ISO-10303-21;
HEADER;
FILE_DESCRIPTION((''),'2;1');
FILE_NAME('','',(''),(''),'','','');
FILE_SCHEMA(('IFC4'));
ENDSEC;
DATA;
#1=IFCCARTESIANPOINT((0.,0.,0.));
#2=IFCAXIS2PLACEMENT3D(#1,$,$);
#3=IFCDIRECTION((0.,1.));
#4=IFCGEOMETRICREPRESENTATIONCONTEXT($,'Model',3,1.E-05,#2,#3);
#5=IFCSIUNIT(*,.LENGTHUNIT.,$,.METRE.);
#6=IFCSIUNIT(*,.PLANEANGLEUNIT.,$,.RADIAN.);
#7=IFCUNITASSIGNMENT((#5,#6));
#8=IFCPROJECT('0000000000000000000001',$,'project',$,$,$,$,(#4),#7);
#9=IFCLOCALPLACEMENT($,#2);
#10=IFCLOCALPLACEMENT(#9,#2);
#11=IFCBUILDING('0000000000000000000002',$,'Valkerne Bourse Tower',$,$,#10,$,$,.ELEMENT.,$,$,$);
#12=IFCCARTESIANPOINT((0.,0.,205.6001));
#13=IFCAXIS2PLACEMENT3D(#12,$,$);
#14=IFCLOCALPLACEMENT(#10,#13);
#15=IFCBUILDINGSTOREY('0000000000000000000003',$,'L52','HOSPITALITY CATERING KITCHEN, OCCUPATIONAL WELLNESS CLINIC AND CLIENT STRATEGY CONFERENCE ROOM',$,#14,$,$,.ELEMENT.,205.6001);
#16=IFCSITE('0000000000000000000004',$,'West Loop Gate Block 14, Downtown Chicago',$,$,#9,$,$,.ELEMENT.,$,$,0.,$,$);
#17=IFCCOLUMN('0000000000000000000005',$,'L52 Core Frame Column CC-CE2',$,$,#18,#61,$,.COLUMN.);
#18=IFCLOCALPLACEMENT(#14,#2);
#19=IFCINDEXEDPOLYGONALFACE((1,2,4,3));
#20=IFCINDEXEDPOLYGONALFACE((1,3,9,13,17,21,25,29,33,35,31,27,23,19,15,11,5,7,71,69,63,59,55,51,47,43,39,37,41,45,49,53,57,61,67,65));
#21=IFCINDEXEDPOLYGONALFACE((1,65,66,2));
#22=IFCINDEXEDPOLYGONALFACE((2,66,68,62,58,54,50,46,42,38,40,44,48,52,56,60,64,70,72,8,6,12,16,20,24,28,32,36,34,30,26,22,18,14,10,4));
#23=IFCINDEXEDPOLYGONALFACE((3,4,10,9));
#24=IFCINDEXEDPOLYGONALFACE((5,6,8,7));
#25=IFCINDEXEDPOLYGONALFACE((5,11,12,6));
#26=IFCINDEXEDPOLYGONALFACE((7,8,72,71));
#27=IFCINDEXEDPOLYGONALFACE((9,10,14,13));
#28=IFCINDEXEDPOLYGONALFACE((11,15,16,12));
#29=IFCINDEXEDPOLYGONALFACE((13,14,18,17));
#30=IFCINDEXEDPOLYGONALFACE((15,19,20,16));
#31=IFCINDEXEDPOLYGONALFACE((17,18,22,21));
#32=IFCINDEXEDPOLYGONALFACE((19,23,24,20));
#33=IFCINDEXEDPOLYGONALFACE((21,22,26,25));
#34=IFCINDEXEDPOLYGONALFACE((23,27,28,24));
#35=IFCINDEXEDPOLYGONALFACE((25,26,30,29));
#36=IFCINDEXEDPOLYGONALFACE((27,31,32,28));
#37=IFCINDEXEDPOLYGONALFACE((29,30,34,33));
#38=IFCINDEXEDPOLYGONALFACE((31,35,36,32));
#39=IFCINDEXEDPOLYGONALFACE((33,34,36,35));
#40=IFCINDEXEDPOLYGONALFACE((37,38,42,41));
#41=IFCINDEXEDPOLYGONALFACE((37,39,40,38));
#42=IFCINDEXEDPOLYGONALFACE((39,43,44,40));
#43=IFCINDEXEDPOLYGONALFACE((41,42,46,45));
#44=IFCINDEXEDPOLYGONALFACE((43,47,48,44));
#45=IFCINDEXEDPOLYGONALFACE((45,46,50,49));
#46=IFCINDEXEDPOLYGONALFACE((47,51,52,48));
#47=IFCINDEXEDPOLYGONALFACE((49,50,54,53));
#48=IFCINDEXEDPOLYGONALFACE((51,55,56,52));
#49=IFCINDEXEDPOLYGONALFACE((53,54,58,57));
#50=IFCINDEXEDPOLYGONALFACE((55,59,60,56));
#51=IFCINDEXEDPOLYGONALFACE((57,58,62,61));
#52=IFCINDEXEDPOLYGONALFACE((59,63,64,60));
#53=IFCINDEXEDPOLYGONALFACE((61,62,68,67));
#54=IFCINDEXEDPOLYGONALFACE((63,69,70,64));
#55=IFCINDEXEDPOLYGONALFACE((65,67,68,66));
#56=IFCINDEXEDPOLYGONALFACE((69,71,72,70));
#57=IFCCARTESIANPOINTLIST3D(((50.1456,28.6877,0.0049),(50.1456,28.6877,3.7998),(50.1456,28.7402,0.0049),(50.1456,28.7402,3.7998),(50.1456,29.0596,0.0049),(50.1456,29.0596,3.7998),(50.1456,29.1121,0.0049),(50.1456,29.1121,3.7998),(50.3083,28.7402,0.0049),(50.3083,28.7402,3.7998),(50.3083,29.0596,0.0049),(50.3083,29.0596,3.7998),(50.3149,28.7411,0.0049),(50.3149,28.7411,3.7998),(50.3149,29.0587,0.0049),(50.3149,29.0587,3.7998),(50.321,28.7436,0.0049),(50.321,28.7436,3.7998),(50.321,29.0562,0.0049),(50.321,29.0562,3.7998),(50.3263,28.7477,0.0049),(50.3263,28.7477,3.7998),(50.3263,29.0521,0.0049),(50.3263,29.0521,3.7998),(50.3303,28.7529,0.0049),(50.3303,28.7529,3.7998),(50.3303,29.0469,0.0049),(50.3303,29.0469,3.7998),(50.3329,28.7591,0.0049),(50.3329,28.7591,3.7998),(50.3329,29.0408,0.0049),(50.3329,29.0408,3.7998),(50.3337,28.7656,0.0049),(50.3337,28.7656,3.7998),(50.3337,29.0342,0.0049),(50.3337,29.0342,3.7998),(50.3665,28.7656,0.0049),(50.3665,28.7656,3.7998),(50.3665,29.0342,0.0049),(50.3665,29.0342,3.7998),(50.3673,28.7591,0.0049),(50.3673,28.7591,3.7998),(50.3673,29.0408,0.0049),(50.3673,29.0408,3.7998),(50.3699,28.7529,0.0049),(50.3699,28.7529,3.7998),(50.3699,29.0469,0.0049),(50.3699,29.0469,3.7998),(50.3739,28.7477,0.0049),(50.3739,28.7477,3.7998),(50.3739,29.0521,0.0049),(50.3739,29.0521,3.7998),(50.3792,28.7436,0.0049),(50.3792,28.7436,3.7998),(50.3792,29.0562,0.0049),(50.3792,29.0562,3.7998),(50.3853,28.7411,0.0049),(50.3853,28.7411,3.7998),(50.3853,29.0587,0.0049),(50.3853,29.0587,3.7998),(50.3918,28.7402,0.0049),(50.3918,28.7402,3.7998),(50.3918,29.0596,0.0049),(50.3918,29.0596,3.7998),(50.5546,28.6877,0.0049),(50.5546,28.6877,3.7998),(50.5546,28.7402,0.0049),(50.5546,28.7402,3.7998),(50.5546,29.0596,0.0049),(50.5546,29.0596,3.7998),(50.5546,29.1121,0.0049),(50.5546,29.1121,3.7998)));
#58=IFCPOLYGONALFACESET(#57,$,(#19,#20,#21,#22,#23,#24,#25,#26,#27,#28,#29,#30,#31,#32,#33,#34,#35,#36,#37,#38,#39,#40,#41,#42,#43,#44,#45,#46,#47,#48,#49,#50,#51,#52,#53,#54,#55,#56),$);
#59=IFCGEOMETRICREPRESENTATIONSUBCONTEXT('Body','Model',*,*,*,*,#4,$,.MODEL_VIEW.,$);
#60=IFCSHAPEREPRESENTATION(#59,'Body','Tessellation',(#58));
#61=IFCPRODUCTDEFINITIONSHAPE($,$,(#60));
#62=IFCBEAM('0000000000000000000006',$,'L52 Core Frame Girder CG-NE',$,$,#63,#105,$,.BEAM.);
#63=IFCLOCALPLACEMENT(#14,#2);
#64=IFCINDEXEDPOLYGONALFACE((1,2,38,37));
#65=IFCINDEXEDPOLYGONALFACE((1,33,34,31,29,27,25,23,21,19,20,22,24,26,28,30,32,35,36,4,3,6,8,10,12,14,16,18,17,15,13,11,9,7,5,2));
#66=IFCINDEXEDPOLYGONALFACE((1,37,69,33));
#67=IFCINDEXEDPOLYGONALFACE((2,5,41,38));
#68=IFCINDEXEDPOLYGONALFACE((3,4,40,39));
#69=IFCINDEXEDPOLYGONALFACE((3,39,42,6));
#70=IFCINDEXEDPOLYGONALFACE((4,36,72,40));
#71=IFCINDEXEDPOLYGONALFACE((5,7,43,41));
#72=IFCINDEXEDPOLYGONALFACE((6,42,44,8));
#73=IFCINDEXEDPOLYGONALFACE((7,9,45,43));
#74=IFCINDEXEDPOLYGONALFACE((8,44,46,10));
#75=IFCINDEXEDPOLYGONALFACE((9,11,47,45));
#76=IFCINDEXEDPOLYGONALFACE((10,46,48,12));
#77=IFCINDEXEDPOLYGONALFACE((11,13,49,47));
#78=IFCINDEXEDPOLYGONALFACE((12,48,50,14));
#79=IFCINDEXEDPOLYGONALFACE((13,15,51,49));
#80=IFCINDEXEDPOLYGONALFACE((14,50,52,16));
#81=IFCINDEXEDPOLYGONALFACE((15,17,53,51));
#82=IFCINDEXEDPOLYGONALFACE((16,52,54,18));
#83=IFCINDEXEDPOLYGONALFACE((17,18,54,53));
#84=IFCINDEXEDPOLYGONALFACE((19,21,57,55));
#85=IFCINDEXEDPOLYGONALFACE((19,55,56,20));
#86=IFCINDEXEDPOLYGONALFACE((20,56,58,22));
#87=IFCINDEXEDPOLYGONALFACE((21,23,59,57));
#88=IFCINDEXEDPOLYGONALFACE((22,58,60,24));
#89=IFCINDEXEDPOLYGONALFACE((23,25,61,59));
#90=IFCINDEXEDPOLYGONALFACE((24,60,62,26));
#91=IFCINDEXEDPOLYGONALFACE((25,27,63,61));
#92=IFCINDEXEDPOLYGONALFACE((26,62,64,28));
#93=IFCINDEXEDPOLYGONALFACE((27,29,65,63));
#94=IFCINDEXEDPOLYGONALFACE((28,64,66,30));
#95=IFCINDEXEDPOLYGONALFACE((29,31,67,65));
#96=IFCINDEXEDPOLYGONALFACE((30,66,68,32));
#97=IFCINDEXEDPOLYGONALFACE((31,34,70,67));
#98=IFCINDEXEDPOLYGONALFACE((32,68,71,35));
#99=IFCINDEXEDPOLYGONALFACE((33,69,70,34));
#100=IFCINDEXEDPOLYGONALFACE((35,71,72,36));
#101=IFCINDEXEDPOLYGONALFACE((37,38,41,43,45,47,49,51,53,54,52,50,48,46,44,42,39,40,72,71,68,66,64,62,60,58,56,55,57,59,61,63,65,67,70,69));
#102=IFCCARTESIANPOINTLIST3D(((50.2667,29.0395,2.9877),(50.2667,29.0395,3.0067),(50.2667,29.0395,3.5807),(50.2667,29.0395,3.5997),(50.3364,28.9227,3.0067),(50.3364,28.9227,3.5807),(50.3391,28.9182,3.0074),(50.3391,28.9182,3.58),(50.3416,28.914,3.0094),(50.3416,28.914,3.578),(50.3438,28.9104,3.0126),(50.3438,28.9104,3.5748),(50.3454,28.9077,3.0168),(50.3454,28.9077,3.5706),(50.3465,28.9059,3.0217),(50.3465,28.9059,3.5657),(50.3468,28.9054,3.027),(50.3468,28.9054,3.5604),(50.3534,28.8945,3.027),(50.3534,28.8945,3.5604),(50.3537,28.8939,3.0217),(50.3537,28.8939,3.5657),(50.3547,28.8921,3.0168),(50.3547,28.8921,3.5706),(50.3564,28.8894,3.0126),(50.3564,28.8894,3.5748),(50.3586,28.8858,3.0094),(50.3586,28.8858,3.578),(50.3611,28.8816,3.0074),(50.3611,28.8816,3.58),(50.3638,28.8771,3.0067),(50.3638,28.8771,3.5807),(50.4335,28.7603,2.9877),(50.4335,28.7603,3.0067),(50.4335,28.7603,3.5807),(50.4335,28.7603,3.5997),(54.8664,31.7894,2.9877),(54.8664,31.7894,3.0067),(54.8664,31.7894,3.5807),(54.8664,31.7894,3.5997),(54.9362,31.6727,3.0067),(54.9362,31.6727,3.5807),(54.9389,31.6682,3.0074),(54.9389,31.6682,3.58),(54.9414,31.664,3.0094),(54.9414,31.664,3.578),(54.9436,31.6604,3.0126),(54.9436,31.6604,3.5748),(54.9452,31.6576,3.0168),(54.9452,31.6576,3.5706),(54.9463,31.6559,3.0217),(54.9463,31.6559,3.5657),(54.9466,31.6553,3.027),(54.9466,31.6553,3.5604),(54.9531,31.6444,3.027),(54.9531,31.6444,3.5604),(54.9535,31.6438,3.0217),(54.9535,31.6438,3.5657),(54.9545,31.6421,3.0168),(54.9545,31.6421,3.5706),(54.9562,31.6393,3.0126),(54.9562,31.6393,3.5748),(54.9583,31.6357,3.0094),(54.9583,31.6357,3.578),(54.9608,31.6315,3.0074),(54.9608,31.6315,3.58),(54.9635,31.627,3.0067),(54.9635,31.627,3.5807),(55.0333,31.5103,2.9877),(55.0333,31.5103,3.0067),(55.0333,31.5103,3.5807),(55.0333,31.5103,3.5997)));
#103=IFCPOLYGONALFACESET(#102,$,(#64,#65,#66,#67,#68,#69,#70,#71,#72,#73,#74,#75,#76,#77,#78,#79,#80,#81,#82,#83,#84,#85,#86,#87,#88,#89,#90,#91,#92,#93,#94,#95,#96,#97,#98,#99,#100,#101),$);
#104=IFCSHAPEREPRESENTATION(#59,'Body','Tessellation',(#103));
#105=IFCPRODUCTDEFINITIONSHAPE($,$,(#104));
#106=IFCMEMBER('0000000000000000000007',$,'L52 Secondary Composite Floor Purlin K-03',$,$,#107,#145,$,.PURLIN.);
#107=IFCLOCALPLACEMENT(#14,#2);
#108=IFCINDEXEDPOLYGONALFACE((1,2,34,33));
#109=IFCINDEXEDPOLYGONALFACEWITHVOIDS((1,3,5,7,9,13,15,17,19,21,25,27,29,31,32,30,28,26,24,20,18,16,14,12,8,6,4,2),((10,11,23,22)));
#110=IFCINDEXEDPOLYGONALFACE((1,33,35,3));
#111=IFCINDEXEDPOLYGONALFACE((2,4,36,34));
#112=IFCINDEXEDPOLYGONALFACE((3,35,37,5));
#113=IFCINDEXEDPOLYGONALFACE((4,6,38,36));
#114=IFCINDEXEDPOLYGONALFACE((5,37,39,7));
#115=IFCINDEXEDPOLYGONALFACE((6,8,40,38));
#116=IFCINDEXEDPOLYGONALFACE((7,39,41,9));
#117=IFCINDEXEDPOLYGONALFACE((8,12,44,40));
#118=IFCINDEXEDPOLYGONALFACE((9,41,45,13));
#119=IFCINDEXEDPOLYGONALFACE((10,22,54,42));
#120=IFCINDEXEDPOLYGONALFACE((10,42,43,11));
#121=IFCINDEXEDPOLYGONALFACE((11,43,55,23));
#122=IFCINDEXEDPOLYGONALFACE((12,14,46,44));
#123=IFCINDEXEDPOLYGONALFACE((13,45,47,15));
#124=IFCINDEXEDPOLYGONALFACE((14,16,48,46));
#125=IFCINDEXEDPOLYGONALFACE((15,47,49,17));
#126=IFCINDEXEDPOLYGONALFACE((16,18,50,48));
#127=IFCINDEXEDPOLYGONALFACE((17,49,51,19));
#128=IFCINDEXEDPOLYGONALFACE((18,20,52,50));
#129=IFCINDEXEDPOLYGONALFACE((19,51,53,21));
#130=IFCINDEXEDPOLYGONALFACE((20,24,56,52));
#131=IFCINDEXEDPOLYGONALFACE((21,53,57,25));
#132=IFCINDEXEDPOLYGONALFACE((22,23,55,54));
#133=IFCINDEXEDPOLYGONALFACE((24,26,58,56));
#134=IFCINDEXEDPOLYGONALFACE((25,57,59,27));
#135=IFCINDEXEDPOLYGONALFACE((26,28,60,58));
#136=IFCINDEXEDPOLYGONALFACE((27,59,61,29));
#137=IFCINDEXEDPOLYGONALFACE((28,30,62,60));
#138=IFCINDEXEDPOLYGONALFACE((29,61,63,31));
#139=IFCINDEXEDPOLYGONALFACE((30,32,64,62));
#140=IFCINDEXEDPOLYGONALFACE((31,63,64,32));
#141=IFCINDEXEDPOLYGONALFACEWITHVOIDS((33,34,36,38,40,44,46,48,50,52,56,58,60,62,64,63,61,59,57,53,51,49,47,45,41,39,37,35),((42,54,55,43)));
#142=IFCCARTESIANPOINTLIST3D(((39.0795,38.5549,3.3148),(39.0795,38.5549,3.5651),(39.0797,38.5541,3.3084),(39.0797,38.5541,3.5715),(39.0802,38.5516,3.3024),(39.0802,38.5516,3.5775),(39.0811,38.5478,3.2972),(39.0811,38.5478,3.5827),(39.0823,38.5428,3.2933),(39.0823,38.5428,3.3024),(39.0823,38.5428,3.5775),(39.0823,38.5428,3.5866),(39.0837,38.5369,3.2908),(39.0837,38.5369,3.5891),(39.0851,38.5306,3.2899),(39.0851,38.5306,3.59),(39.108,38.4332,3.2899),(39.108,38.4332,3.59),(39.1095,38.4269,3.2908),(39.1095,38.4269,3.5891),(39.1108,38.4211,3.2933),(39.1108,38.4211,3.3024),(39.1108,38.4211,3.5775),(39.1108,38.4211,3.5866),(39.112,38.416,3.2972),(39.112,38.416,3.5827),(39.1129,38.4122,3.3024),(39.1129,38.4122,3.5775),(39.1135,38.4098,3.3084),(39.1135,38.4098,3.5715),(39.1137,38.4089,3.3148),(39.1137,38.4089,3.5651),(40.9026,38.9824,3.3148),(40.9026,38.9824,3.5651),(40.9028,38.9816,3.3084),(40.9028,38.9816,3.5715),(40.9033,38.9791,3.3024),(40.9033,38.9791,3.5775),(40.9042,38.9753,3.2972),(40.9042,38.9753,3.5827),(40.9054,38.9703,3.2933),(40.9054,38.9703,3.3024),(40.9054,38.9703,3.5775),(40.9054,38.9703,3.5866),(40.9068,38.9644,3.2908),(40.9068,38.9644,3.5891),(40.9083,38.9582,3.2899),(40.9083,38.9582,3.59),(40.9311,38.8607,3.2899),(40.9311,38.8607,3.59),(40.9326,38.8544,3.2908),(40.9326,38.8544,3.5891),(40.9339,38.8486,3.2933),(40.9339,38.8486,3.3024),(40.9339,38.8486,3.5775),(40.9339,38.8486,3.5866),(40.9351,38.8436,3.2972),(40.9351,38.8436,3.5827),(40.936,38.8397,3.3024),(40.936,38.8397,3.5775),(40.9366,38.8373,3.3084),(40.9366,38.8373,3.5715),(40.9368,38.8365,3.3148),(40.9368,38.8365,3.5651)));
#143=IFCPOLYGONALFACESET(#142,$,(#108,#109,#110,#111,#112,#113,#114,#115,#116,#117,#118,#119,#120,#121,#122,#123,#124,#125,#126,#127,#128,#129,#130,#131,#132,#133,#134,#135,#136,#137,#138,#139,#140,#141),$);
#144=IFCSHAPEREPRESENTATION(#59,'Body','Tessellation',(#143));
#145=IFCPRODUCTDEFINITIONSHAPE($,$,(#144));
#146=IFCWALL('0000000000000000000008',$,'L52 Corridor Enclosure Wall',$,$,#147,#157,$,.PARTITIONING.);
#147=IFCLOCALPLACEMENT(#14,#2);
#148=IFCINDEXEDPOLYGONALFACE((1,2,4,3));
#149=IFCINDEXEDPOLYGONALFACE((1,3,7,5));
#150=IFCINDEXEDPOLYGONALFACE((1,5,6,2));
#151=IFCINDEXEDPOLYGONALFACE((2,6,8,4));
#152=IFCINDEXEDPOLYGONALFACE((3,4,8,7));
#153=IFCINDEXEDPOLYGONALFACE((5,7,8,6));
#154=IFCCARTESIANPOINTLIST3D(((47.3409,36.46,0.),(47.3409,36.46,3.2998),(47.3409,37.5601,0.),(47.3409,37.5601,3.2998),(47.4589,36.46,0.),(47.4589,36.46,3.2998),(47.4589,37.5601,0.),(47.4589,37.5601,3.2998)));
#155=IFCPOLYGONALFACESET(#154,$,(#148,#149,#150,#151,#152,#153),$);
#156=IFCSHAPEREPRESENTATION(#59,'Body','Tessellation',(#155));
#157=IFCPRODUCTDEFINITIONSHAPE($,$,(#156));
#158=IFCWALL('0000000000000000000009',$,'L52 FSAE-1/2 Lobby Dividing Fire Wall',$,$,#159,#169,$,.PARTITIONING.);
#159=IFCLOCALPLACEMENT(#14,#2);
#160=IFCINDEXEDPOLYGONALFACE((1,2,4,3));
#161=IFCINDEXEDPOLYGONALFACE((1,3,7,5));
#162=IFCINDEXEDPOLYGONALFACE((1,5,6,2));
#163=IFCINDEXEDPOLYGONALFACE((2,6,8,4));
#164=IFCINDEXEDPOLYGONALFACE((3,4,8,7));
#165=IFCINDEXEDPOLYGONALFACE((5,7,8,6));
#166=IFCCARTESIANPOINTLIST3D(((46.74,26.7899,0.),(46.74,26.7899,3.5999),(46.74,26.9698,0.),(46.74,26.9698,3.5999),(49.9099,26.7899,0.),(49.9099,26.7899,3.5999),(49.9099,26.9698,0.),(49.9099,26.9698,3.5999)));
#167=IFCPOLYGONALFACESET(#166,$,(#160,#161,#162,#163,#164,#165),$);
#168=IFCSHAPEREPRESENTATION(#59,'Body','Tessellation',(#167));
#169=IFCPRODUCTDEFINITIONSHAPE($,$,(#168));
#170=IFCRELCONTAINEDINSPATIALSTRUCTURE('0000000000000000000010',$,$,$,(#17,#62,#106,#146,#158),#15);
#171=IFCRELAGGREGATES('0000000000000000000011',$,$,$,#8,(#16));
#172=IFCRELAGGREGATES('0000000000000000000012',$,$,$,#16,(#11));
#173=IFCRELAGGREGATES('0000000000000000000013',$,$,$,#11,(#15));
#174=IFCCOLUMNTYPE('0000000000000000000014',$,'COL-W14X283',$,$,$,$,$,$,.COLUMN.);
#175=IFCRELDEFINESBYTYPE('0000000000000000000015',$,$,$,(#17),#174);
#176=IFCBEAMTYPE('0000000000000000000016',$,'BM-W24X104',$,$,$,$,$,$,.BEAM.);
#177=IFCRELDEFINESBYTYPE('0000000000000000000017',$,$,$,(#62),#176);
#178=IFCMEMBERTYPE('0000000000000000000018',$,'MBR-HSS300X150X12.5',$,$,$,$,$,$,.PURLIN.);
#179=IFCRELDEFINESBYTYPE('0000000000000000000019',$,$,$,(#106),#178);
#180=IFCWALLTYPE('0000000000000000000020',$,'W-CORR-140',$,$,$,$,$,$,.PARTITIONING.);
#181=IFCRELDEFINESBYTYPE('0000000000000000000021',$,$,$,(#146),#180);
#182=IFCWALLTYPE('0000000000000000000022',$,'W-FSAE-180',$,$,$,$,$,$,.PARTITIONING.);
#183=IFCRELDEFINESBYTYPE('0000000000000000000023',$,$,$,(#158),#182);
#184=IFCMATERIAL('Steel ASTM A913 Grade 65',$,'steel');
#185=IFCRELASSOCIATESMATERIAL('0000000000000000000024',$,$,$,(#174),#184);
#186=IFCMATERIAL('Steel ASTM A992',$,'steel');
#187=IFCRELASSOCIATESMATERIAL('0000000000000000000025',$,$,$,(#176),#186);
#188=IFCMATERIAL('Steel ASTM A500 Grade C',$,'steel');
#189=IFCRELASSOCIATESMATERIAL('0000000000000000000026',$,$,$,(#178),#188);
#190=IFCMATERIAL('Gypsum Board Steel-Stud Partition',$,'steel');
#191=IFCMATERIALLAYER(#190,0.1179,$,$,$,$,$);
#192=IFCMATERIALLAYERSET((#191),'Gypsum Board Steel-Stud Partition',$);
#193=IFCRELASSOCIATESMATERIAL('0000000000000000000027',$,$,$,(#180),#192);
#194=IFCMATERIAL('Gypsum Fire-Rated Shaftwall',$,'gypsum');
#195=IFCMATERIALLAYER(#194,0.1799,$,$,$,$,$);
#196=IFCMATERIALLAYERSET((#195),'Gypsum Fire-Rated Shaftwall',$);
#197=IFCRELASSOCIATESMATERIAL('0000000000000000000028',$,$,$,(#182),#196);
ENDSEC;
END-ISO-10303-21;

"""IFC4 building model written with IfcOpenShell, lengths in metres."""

from ifc_helpers import new_model, si_unit, direction, frame, frame_2d, origin, origin_2d, place, context, subcontext, project, spatial, rectangle, hollow_rectangle, i_section, extrude, material, layer, layer_set, material_profile, profile_set, type_object, element, save


model = new_model("IFC4")

# Units and contexts
model_context = context("Model", 3, precision=1e-05, world=origin(), true_north=direction((0.0, 1.0)))
body_context = subcontext(model_context, "Body", "Model", "MODEL_VIEW")
ifc_project = project(units=[si_unit("LENGTHUNIT", "METRE"), si_unit("PLANEANGLEUNIT", "RADIAN")], contexts=[model_context])

# Site, building, storey
site_placement = place(None, origin())
site = spatial("IfcSite", under=ifc_project, at=site_placement, Name="West Loop Gate Block 14, Downtown Chicago", CompositionType="ELEMENT", RefElevation=0.0)
building_placement = place(site_placement, origin())
building = spatial("IfcBuilding", under=site, at=building_placement, Name="Valkerne Bourse Tower", CompositionType="ELEMENT")
storey_placement = place(building_placement, frame((0.0, 0.0, 205.6001)))
storey = spatial("IfcBuildingStorey", under=building, at=storey_placement, Name="L52", Description="HOSPITALITY CATERING KITCHEN, OCCUPATIONAL WELLNESS CLINIC AND CLIENT STRATEGY CONFERENCE ROOM", CompositionType="ELEMENT", Elevation=205.6001)

# Column
ifc_material_1 = material(Name="Steel ASTM A913 Grade 65", Category="steel")
ifc_material_profile_1 = material_profile(ifc_material_1, i_section(OverallWidth=0.4089, OverallDepth=0.4243, WebThickness=0.0327, FlangeThickness=0.0525, FilletRadius=0.0254, at=origin_2d()), Name="W14X283")
ifc_profile_set_1 = profile_set([ifc_material_profile_1], Name="Steel ASTM A913 Grade 65")
column_type = type_object("IfcColumnType", Name="COL-W14X283", PredefinedType="COLUMN", material=ifc_profile_set_1)
column_placement = place(storey_placement, frame((50.3501, 28.8999, 0.0049), z_axis=(0.0, 0.0, 1.0), x_axis=(1.0, 0.0, 0.0)))
element("IfcColumn", 1, at=column_placement, inside=storey, type_object=column_type, Name="L52 Core Frame Column CC-CE2", PredefinedType="COLUMN", context=body_context, shape_type="SweptSolid", body=[
    extrude(i_section(OverallWidth=0.4089, OverallDepth=0.4243, WebThickness=0.0327, FlangeThickness=0.0525, FilletRadius=0.0254, at=origin_2d()), origin(), (0.0, 0.0, 1.0), 3.7949),
])

# Beam
ifc_material_2 = material(Name="Steel ASTM A992", Category="steel")
ifc_material_profile_2 = material_profile(ifc_material_2, i_section(OverallWidth=0.3252, OverallDepth=0.6121, WebThickness=0.0127, FlangeThickness=0.019, FilletRadius=0.0203, at=origin_2d()), Name="W24X104")
ifc_profile_set_2 = profile_set([ifc_material_profile_2], Name="Steel ASTM A992")
beam_type = type_object("IfcBeamType", Name="BM-W24X104", PredefinedType="BEAM", material=ifc_profile_set_2)
beam_placement = place(storey_placement, frame((50.3501, 28.8999, 3.2937), z_axis=(0.858308, 0.513135, 0.0), x_axis=(-0.513135, 0.858308, 0.0)))
element("IfcBeam", 2, at=beam_placement, inside=storey, type_object=beam_type, Name="L52 Core Frame Girder CG-NE", PredefinedType="BEAM", context=body_context, shape_type="SweptSolid", body=[
    extrude(i_section(OverallWidth=0.3252, OverallDepth=0.6121, WebThickness=0.0127, FlangeThickness=0.019, FilletRadius=0.0203, at=origin_2d()), origin(), (0.0, 0.0, 1.0), 5.3591),
])

# Member
ifc_material_3 = material(Name="Steel ASTM A500 Grade C", Category="steel")
ifc_material_profile_3 = material_profile(ifc_material_3, hollow_rectangle(XDim=0.1499, YDim=0.3, WallThickness=0.0125, OuterFilletRadius=0.0249, at=origin_2d()), Name="HSS300X150X12.5")
ifc_profile_set_3 = profile_set([ifc_material_profile_3], Name="Steel ASTM A500 Grade C")
member_type = type_object("IfcMemberType", Name="MBR-HSS300X150X12.5", PredefinedType="PURLIN", material=ifc_profile_set_3)
member_placement = place(storey_placement, frame((40.9197, 38.9094, 3.4399), z_axis=(-0.97359, -0.228305, 0.0), x_axis=(0.228305, -0.97359, 0.0)))
element("IfcMember", 3, at=member_placement, inside=storey, type_object=member_type, Name="L52 Secondary Composite Floor Purlin K-03", PredefinedType="PURLIN", context=body_context, shape_type="SweptSolid", body=[
    extrude(hollow_rectangle(XDim=0.1499, YDim=0.3, WallThickness=0.0125, OuterFilletRadius=0.0249, at=origin_2d()), origin(), (0.0, 0.0, 1.0), 1.8726),
])

# Walls
ifc_material_4 = material(Name="Gypsum Board Steel-Stud Partition", Category="steel")
ifc_layer_1 = layer(ifc_material_4, 0.1179)
ifc_layer_set_1 = layer_set([ifc_layer_1], Name="Gypsum Board Steel-Stud Partition")
wall_type_1 = type_object("IfcWallType", Name="W-CORR-140", PredefinedType="PARTITIONING", material=ifc_layer_set_1)
wall_1_placement = place(storey_placement, frame((47.3999, 37.5601, 0.0), z_axis=(0.0, 0.0, 1.0), x_axis=(0.0, -1.0, 0.0)))
element("IfcWall", 4, at=wall_1_placement, inside=storey, type_object=wall_type_1, Name="L52 Corridor Enclosure Wall", PredefinedType="PARTITIONING", context=body_context, shape_type="SweptSolid", body=[
    extrude(rectangle(XDim=1.1001, YDim=0.1179, at=frame_2d((0.55, 0.0))), origin(), (0.0, 0.0, 1.0), 3.2998),
])
ifc_material_5 = material(Name="Gypsum Fire-Rated Shaftwall", Category="gypsum")
ifc_layer_2 = layer(ifc_material_5, 0.1799)
ifc_layer_set_2 = layer_set([ifc_layer_2], Name="Gypsum Fire-Rated Shaftwall")
wall_type_2 = type_object("IfcWallType", Name="W-FSAE-180", PredefinedType="PARTITIONING", material=ifc_layer_set_2)
wall_2_placement = place(storey_placement, frame((46.74, 26.8799, 0.0), z_axis=(0.0, 0.0, 1.0), x_axis=(1.0, 0.0, 0.0)))
element("IfcWall", 5, at=wall_2_placement, inside=storey, type_object=wall_type_2, Name="L52 FSAE-1/2 Lobby Dividing Fire Wall", PredefinedType="PARTITIONING", context=body_context, shape_type="SweptSolid", body=[
    extrude(rectangle(XDim=3.1699, YDim=0.1799, at=frame_2d((1.585, 0.0))), origin(), (0.0, 0.0, 1.0), 3.5999),
])

save(model, "model.ifc")
